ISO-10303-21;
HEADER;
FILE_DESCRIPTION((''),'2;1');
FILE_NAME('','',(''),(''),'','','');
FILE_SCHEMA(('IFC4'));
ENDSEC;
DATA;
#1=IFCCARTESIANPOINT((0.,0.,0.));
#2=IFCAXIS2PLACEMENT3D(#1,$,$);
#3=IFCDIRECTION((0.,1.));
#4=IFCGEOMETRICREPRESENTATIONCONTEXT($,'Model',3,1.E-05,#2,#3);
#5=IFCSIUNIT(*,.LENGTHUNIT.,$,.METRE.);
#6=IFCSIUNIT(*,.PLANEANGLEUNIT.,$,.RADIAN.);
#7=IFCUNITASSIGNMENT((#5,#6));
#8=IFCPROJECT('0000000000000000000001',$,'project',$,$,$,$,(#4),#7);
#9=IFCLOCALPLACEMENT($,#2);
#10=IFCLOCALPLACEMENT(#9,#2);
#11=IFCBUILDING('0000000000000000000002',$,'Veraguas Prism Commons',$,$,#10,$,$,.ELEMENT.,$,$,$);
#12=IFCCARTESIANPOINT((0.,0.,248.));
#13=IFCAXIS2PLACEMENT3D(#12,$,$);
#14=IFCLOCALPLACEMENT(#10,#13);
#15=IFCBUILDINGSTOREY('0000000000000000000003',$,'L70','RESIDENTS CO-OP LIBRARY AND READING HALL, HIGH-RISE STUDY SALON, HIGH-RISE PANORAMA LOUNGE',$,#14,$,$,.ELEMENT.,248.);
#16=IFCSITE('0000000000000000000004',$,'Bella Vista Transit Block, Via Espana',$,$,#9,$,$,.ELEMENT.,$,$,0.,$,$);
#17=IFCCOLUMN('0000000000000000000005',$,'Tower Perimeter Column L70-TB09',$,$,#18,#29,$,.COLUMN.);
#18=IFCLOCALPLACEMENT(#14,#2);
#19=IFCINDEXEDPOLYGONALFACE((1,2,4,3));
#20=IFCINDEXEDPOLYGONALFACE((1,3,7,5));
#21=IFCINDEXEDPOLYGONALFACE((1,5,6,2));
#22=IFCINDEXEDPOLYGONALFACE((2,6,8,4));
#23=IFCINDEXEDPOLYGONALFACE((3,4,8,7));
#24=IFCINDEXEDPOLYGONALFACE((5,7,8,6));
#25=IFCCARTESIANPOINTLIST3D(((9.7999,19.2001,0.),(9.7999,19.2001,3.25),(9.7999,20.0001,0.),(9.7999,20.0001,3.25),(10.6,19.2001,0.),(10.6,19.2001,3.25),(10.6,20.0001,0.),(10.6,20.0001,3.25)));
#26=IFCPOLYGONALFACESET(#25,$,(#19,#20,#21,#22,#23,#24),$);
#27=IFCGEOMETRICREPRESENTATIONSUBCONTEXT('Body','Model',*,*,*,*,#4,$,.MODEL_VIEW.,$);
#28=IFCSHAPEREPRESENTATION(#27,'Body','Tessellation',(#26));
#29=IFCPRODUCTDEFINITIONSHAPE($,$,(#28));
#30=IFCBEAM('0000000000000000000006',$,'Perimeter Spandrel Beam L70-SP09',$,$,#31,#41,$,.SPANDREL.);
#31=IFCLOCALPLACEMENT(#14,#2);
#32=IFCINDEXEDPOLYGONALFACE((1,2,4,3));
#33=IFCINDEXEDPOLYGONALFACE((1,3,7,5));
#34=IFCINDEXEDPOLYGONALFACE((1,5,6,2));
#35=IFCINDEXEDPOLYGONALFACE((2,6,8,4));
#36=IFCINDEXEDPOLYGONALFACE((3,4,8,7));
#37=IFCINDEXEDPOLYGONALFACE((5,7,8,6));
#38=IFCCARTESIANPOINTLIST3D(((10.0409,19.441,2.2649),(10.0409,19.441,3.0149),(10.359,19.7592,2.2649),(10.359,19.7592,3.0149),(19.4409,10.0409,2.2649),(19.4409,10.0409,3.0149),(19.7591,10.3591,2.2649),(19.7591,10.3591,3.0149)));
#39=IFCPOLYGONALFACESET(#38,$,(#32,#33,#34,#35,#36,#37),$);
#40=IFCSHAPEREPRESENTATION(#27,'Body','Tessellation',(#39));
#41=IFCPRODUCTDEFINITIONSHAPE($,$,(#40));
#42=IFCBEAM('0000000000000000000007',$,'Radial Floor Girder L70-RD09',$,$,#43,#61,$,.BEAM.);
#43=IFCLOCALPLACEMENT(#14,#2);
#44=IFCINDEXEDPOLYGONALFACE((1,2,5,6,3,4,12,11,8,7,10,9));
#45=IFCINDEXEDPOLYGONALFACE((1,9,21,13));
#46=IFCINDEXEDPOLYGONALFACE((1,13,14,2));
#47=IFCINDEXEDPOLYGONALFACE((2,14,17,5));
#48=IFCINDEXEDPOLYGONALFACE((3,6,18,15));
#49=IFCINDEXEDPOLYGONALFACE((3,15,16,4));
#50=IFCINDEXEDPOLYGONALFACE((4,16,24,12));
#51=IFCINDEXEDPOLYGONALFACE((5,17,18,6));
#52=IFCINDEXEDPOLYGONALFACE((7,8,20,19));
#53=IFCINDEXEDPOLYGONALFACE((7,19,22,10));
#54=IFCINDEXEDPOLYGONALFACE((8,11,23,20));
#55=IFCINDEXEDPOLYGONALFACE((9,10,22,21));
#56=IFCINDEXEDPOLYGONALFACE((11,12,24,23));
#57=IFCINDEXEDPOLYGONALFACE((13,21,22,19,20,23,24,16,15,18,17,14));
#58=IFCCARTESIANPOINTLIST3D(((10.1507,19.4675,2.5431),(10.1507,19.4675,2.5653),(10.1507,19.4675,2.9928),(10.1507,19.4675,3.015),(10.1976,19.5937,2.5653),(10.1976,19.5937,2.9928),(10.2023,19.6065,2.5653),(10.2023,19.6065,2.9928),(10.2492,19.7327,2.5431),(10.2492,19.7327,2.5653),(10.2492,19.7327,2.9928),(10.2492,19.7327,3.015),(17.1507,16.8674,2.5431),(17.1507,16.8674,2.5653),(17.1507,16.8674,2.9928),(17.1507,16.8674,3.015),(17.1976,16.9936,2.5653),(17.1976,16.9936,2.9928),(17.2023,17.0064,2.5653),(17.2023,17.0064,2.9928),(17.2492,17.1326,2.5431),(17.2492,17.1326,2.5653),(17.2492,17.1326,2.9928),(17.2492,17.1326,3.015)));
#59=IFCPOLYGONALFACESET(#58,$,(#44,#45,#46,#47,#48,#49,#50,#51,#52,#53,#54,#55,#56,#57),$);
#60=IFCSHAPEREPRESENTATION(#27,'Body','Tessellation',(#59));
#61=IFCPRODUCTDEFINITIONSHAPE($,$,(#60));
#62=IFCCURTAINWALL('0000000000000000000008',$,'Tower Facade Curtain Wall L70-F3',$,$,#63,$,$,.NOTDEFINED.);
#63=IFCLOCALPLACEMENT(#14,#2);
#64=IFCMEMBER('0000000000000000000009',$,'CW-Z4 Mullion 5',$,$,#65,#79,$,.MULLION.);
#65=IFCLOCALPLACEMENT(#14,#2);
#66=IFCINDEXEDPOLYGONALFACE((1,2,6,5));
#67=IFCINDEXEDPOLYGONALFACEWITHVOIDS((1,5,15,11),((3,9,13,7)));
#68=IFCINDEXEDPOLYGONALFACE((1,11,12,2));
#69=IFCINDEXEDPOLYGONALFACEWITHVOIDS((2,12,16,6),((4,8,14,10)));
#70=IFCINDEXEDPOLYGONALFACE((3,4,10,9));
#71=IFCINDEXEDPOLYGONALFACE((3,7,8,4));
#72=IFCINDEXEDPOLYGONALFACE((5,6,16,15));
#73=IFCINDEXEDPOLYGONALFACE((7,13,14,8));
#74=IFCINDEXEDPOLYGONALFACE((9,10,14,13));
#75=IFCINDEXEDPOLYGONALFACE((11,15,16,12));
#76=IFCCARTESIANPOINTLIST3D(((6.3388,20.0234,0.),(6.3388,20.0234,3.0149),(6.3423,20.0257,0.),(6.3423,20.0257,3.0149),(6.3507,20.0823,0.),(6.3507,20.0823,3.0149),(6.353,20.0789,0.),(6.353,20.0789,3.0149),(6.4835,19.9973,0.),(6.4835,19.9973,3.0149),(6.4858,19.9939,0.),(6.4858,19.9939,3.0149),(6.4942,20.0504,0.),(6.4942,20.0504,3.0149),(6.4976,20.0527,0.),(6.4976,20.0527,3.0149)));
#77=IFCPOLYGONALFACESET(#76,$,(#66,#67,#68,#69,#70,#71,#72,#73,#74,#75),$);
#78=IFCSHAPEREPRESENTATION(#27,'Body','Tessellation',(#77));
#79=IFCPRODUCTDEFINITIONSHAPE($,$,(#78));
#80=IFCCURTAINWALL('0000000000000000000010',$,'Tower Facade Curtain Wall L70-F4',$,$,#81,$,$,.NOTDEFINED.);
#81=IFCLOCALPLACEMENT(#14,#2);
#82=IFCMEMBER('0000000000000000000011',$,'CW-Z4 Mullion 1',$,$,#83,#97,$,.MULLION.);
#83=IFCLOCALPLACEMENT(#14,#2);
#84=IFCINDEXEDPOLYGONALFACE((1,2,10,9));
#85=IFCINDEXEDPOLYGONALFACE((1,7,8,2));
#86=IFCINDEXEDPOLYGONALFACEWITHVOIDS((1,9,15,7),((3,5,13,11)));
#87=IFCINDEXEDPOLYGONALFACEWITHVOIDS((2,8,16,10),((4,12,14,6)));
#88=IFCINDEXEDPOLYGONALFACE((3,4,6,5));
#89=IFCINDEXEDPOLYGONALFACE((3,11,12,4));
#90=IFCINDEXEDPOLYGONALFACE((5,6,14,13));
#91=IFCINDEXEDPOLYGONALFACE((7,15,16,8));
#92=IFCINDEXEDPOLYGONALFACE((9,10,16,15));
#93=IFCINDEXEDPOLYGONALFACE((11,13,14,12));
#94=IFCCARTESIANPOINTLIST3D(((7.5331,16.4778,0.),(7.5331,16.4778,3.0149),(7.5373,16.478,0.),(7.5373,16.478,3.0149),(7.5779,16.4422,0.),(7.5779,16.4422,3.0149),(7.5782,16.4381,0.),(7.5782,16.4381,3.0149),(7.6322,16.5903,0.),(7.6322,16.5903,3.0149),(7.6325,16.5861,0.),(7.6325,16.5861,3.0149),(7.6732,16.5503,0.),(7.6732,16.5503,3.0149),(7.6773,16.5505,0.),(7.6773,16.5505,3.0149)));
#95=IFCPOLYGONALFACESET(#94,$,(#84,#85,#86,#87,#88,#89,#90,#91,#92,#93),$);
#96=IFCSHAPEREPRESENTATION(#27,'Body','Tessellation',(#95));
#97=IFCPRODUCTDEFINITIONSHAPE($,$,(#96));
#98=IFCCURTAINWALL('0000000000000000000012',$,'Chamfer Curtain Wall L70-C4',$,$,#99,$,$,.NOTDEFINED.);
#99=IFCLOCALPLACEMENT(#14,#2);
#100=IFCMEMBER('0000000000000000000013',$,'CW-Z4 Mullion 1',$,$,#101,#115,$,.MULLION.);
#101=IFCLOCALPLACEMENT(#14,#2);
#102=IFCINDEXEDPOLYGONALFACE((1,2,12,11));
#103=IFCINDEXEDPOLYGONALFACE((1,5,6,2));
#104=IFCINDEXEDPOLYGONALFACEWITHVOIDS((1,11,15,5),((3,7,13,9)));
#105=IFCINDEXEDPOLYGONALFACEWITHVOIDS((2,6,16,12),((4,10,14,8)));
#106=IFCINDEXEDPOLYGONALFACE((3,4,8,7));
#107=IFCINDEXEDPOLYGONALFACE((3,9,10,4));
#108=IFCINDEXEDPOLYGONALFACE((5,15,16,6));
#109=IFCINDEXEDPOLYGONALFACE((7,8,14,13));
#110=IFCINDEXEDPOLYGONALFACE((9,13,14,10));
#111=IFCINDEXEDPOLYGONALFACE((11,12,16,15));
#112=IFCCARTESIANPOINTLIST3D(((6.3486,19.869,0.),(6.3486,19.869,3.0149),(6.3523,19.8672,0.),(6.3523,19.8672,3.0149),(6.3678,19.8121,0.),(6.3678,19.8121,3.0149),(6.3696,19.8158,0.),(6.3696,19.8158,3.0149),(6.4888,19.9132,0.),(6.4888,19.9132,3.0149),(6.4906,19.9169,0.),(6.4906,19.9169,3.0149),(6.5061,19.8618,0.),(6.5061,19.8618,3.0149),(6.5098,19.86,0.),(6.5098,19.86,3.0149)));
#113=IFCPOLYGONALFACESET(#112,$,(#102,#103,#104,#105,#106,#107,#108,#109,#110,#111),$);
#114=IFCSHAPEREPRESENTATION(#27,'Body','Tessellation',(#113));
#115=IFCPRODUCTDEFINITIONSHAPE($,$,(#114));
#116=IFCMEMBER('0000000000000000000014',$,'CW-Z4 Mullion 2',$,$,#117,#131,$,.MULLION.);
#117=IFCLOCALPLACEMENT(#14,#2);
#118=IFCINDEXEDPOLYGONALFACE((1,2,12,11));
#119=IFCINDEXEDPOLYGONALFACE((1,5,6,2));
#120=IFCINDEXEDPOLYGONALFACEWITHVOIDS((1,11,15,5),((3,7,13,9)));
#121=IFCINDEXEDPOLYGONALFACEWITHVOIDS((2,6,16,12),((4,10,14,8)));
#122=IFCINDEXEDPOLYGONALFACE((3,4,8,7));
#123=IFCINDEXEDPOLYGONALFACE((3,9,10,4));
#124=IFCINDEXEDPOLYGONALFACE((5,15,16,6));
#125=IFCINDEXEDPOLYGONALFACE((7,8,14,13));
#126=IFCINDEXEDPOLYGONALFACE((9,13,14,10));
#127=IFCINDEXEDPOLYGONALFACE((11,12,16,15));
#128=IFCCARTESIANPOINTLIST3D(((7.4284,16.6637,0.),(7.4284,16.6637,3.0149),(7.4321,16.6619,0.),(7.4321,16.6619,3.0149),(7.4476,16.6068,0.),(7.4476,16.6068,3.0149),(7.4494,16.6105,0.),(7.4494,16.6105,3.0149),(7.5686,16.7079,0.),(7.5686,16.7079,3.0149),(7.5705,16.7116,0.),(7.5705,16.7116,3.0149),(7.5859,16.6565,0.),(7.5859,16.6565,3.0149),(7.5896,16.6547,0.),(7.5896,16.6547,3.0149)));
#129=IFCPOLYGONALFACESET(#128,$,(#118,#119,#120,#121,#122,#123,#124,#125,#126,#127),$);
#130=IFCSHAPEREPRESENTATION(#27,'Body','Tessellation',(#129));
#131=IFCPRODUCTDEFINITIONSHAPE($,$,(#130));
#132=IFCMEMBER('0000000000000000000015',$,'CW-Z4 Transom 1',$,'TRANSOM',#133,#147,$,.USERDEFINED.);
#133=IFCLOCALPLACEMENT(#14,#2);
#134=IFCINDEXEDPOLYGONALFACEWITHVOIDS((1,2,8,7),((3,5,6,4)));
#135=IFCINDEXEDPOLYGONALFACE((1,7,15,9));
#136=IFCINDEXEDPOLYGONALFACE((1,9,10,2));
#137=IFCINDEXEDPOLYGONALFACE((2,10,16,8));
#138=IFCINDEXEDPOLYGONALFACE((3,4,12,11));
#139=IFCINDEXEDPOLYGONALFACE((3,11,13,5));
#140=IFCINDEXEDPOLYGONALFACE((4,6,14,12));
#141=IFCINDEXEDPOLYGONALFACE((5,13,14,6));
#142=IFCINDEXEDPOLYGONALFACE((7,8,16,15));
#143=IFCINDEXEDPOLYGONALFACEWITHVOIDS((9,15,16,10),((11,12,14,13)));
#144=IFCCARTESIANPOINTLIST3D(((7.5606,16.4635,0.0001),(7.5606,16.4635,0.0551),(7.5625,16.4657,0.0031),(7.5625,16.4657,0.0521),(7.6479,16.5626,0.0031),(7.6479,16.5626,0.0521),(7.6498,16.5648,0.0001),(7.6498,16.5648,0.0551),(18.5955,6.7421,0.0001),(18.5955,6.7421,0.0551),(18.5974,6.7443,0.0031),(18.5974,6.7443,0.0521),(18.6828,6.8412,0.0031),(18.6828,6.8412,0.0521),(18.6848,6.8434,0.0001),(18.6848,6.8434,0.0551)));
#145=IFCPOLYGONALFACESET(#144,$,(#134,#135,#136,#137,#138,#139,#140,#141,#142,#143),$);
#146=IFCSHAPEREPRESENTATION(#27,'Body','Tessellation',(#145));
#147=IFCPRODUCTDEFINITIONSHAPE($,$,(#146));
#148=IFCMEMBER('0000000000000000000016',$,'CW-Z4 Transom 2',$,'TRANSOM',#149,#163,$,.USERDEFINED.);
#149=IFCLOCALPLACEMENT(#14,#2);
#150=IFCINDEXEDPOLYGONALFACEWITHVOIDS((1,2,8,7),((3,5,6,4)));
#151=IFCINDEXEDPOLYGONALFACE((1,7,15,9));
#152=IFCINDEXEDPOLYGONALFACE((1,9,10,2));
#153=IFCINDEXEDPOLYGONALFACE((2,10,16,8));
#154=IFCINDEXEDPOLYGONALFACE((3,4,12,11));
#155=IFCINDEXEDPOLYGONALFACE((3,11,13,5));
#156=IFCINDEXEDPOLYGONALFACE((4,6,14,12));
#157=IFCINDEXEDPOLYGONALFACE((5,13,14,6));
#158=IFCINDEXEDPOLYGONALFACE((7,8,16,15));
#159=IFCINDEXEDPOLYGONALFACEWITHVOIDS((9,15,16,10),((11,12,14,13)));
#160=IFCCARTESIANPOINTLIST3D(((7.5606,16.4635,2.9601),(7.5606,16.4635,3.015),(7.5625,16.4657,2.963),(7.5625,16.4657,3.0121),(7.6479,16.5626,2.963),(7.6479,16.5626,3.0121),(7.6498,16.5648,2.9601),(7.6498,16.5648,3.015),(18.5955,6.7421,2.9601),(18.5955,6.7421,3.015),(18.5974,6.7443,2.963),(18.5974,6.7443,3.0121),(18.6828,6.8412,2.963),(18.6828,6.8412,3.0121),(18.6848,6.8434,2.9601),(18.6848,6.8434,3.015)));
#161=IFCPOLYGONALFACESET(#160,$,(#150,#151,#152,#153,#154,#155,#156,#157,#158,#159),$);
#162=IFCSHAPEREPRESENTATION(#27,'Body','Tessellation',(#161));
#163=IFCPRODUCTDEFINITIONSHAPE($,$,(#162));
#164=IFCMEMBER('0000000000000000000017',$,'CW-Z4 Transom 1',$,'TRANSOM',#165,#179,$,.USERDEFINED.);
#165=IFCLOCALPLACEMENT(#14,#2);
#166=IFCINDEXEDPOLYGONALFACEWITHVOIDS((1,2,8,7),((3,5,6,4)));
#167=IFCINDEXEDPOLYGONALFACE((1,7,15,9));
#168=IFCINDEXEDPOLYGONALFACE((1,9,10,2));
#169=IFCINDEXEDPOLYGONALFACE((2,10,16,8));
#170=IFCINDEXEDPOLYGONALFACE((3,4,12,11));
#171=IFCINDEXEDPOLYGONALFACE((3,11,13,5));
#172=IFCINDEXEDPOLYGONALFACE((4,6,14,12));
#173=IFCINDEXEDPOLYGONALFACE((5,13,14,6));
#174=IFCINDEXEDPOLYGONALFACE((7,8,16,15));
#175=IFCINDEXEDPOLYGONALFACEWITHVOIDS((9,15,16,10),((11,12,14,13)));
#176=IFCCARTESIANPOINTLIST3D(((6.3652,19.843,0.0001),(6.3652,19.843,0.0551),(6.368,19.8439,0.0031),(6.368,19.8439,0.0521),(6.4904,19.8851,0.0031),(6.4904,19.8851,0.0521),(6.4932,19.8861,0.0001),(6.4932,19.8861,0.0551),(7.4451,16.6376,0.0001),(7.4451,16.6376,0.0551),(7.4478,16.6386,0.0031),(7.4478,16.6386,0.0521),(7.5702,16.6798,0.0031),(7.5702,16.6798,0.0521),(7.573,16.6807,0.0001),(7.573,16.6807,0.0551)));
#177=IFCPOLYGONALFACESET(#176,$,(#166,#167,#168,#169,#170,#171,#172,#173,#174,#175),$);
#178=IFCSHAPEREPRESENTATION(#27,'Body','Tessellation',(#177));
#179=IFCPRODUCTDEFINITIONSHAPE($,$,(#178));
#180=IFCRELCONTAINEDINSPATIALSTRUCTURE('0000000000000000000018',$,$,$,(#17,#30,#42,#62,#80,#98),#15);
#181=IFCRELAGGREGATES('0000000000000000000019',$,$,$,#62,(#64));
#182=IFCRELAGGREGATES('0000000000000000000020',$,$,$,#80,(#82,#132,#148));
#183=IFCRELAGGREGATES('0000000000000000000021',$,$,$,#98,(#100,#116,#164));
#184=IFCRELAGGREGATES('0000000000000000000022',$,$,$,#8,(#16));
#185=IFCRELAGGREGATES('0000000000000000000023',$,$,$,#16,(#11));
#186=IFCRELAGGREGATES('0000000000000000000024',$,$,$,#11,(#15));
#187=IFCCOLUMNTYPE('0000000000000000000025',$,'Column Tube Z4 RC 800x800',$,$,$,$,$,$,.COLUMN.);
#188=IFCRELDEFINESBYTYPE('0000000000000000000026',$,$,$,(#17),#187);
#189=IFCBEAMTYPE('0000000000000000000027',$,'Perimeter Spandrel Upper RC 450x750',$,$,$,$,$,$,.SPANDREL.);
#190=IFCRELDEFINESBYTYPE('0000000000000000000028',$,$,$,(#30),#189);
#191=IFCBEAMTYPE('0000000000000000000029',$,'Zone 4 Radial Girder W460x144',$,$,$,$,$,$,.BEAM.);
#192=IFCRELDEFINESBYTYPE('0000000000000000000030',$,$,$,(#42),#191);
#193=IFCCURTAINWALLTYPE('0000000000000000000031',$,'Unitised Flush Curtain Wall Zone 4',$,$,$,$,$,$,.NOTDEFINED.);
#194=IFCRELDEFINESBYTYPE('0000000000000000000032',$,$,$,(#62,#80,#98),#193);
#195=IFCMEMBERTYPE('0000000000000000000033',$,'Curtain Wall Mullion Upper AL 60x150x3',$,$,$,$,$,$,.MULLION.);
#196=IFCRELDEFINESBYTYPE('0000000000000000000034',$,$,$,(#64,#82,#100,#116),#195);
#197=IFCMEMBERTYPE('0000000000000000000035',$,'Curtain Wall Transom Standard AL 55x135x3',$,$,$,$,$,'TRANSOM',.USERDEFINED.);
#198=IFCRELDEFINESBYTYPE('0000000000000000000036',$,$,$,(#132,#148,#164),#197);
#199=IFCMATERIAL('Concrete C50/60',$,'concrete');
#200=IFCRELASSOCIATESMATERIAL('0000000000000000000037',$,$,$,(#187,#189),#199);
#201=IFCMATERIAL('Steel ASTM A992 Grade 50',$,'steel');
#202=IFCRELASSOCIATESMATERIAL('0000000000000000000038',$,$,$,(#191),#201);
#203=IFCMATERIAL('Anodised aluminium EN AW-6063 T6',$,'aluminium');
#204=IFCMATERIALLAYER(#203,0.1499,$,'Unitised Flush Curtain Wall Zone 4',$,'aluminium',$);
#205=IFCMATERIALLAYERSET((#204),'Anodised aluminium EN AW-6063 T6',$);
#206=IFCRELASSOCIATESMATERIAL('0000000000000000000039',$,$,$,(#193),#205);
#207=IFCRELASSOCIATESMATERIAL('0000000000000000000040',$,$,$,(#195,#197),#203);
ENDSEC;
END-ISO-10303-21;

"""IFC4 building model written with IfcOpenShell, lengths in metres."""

from ifc_helpers import new_model, si_unit, direction, frame, origin, origin_2d, place, context, subcontext, project, spatial, rectangle, hollow_rectangle, i_section, extrude, source, transform, mapped, material, layer, layer_set, material_profile, profile_set, type_object, element, aggregate, save


model = new_model("IFC4")

# Units and contexts
model_context = context("Model", 3, precision=1e-05, world=origin(), true_north=direction((0.0, 1.0)))
body_context = subcontext(model_context, "Body", "Model", "MODEL_VIEW")
ifc_project = project(units=[si_unit("LENGTHUNIT", "METRE"), si_unit("PLANEANGLEUNIT", "RADIAN")], contexts=[model_context])

# Site, building, storey
site_placement = place(None, origin())
site = spatial("IfcSite", under=ifc_project, at=site_placement, Name="Bella Vista Transit Block, Via Espana", CompositionType="ELEMENT", RefElevation=0.0)
building_placement = place(site_placement, origin())
building = spatial("IfcBuilding", under=site, at=building_placement, Name="Veraguas Prism Commons", CompositionType="ELEMENT")
storey_placement = place(building_placement, frame((0.0, 0.0, 248.0)))
storey = spatial("IfcBuildingStorey", under=building, at=storey_placement, Name="L70", Description="RESIDENTS CO-OP LIBRARY AND READING HALL, HIGH-RISE STUDY SALON, HIGH-RISE PANORAMA LOUNGE", CompositionType="ELEMENT", Elevation=248.0)

# Column
ifc_material_1 = material(Name="Concrete C50/60", Category="concrete")
ifc_material_profile_1 = material_profile(ifc_material_1, rectangle(XDim=0.8, YDim=0.8, at=origin_2d()), Name="RC800X800")
ifc_profile_set_1 = profile_set([ifc_material_profile_1], Name="Concrete C50/60")
column_type = type_object("IfcColumnType", Name="Column Tube Z4 RC 800x800", PredefinedType="COLUMN", material=ifc_profile_set_1)
column_placement = place(storey_placement, frame((10.2, 19.6001, 0.0), z_axis=(0.0, 0.0, 1.0), x_axis=(1.0, 0.0, 0.0)))
element("IfcColumn", 1, at=column_placement, inside=storey, type_object=column_type, Name="Tower Perimeter Column L70-TB09", PredefinedType="COLUMN", context=body_context, shape_type="SweptSolid", body=[
    extrude(rectangle(XDim=0.8, YDim=0.8, at=origin_2d()), origin(), (0.0, 0.0, 1.0), 3.25),
])

# Beams
ifc_material_profile_2 = material_profile(ifc_material_1, rectangle(XDim=0.45, YDim=0.75, at=origin_2d()), Name="RC450X750")
ifc_profile_set_2 = profile_set([ifc_material_profile_2], Name="Concrete C50/60")
beam_type_1 = type_object("IfcBeamType", Name="Perimeter Spandrel Upper RC 450x750", PredefinedType="SPANDREL", material=ifc_profile_set_2)
beam_1_placement = place(storey_placement, frame((10.2, 19.6001, 2.6399), z_axis=(0.707107, -0.707107, 0.0), x_axis=(0.707107, 0.707107, 0.0)))
element("IfcBeam", 2, at=beam_1_placement, inside=storey, type_object=beam_type_1, Name="Perimeter Spandrel Beam L70-SP09", PredefinedType="SPANDREL", context=body_context, shape_type="SweptSolid", body=[
    extrude(rectangle(XDim=0.45, YDim=0.75, at=origin_2d()), origin(), (0.0, 0.0, 1.0), 13.2937),
])
ifc_material_2 = material(Name="Steel ASTM A992 Grade 50", Category="steel")
ifc_material_profile_3 = material_profile(ifc_material_2, i_section(OverallWidth=0.283, OverallDepth=0.4719, WebThickness=0.0137, FlangeThickness=0.0222, at=origin_2d()), Name="W460X144")
ifc_profile_set_3 = profile_set([ifc_material_profile_3], Name="Steel ASTM A992 Grade 50")
beam_type_2 = type_object("IfcBeamType", Name="Zone 4 Radial Girder W460x144", PredefinedType="BEAM", material=ifc_profile_set_3)
beam_2_placement = place(storey_placement, frame((10.2, 19.6001, 2.7791), z_axis=(0.937421, -0.348198, 0.0), x_axis=(0.348198, 0.937421, 0.0)))
element("IfcBeam", 3, at=beam_2_placement, inside=storey, type_object=beam_type_2, Name="Radial Floor Girder L70-RD09", PredefinedType="BEAM", context=body_context, shape_type="SweptSolid", body=[
    extrude(i_section(OverallWidth=0.283, OverallDepth=0.4719, WebThickness=0.0137, FlangeThickness=0.0222, at=origin_2d()), origin(), (0.0, 0.0, 1.0), 7.4673),
])

# Curtain walls, members
ifc_material_3 = material(Name="Anodised aluminium EN AW-6063 T6", Category="aluminium")
ifc_layer_1 = layer(ifc_material_3, 0.1499, Name="Unitised Flush Curtain Wall Zone 4", Category="aluminium")
ifc_layer_set_1 = layer_set([ifc_layer_1], Name="Anodised aluminium EN AW-6063 T6")
curtain_wall_type = type_object("IfcCurtainWallType", Name="Unitised Flush Curtain Wall Zone 4", PredefinedType="NOTDEFINED", material=ifc_layer_set_1)
curtain_wall_1_placement = place(storey_placement, origin())
curtain_wall_1 = element("IfcCurtainWall", 4, at=curtain_wall_1_placement, inside=storey, type_object=curtain_wall_type, Name="Tower Facade Curtain Wall L70-F3", PredefinedType="NOTDEFINED")
ifc_material_profile_4 = material_profile(ifc_material_3, hollow_rectangle(XDim=0.0601, YDim=0.1499, WallThickness=0.0029, at=origin_2d()), Name="AL60X150X3")
ifc_profile_set_4 = profile_set([ifc_material_profile_4], Name="Anodised aluminium EN AW-6063 T6")
member_type_1 = type_object("IfcMemberType", Name="Curtain Wall Mullion Upper AL 60x150x3", PredefinedType="MULLION", material=ifc_profile_set_4)
shared_shape_1 = source(origin(), body_context, "Body", "SweptSolid", [
    extrude(hollow_rectangle(XDim=0.0601, YDim=0.1499, WallThickness=0.0029, at=origin_2d()), origin(), (0.0, 0.0, 1.0), 3.0149),
])
member_1_placement = place(storey_placement, frame((6.4182, 20.0381, 0.0), z_axis=(0.0, 0.0, 1.0), x_axis=(-0.197319, -0.980339, 0.0)))
member_1 = element("IfcMember", 5, at=member_1_placement, type_object=member_type_1, Name="CW-Z4 Mullion 5", PredefinedType="MULLION", context=body_context, shape_type="MappedRepresentation", body=[
    mapped(shared_shape_1, transform((0.0, 0.0, 0.0), scale=1.0)),
])
curtain_wall_2_placement = place(storey_placement, origin())
curtain_wall_2 = element("IfcCurtainWall", 6, at=curtain_wall_2_placement, inside=storey, type_object=curtain_wall_type, Name="Tower Facade Curtain Wall L70-F4", PredefinedType="NOTDEFINED")
member_2_placement = place(storey_placement, frame((7.6052, 16.5142, 0.0), z_axis=(0.0, 0.0, 1.0), x_axis=(0.750348, -0.661043, 0.0)))
member_2 = element("IfcMember", 7, at=member_2_placement, type_object=member_type_1, Name="CW-Z4 Mullion 1", PredefinedType="MULLION", context=body_context, shape_type="MappedRepresentation", body=[
    mapped(shared_shape_1, transform((0.0, 0.0, 0.0), scale=1.0)),
])

# Curtain wall, members
curtain_wall_3_placement = place(storey_placement, origin())
curtain_wall_3 = element("IfcCurtainWall", 8, at=curtain_wall_3_placement, inside=storey, type_object=curtain_wall_type, Name="Chamfer Curtain Wall L70-C4", PredefinedType="NOTDEFINED")
member_3_placement = place(storey_placement, frame((6.4292, 19.8645, 0.0), z_axis=(0.0, 0.0, 1.0), x_axis=(0.31925, -0.94767, 0.0)))
member_3 = element("IfcMember", 9, at=member_3_placement, type_object=member_type_1, Name="CW-Z4 Mullion 1", PredefinedType="MULLION", context=body_context, shape_type="MappedRepresentation", body=[
    mapped(shared_shape_1, transform((0.0, 0.0, 0.0), scale=1.0)),
])
member_4_placement = place(storey_placement, frame((7.509, 16.6592, 0.0), z_axis=(0.0, 0.0, 1.0), x_axis=(0.31925, -0.94767, 0.0)))
member_4 = element("IfcMember", 10, at=member_4_placement, type_object=member_type_1, Name="CW-Z4 Mullion 2", PredefinedType="MULLION", context=body_context, shape_type="MappedRepresentation", body=[
    mapped(shared_shape_1, transform((0.0, 0.0, 0.0), scale=1.0)),
])

# Members
ifc_material_profile_5 = material_profile(ifc_material_3, hollow_rectangle(XDim=0.0549, YDim=0.135, WallThickness=0.0029, at=origin_2d()), Name="AL55X135X3")
ifc_profile_set_5 = profile_set([ifc_material_profile_5], Name="Anodised aluminium EN AW-6063 T6")
member_type_2 = type_object("IfcMemberType", Name="Curtain Wall Transom Standard AL 55x135x3", ElementType="TRANSOM", PredefinedType="USERDEFINED", material=ifc_profile_set_5)
shared_shape_2 = source(origin(), body_context, "Body", "SweptSolid", [
    extrude(hollow_rectangle(XDim=0.0549, YDim=0.135, WallThickness=0.0029, at=origin_2d()), origin(), (0.0, 0.0, 1.0), 14.7063),
])
member_5_placement = place(storey_placement, frame((7.6052, 16.5142, 0.0276), z_axis=(0.750352, -0.661038, 0.0), x_axis=(0.0, 0.0, 1.0)))
member_5 = element("IfcMember", 11, at=member_5_placement, type_object=member_type_2, Name="CW-Z4 Transom 1", ObjectType="TRANSOM", PredefinedType="USERDEFINED", context=body_context, shape_type="MappedRepresentation", body=[
    mapped(shared_shape_2, transform((0.0, 0.0, 0.0), scale=1.0)),
])
member_6_placement = place(storey_placement, frame((7.6052, 16.5142, 2.9875), z_axis=(0.750352, -0.661038, 0.0), x_axis=(0.0, 0.0, 1.0)))
member_6 = element("IfcMember", 12, at=member_6_placement, type_object=member_type_2, Name="CW-Z4 Transom 2", ObjectType="TRANSOM", PredefinedType="USERDEFINED", context=body_context, shape_type="MappedRepresentation", body=[
    mapped(shared_shape_2, transform((0.0, 0.0, 0.0), scale=1.0)),
])
shared_shape_3 = source(origin(), body_context, "Body", "SweptSolid", [
    extrude(hollow_rectangle(XDim=0.0549, YDim=0.135, WallThickness=0.0029, at=origin_2d()), origin(), (0.0, 0.0, 1.0), 3.3823),
])
member_7_placement = place(storey_placement, frame((6.4292, 19.8645, 0.0276), z_axis=(0.319258, -0.947668, 0.0), x_axis=(0.0, 0.0, 1.0)))
member_7 = element("IfcMember", 13, at=member_7_placement, type_object=member_type_2, Name="CW-Z4 Transom 1", ObjectType="TRANSOM", PredefinedType="USERDEFINED", context=body_context, shape_type="MappedRepresentation", body=[
    mapped(shared_shape_3, transform((0.0, 0.0, 0.0), scale=1.0)),
])

aggregate(curtain_wall_1, [member_1])
aggregate(curtain_wall_2, [member_2, member_5, member_6])
aggregate(curtain_wall_3, [member_3, member_4, member_7])

save(model, "model.ifc")
